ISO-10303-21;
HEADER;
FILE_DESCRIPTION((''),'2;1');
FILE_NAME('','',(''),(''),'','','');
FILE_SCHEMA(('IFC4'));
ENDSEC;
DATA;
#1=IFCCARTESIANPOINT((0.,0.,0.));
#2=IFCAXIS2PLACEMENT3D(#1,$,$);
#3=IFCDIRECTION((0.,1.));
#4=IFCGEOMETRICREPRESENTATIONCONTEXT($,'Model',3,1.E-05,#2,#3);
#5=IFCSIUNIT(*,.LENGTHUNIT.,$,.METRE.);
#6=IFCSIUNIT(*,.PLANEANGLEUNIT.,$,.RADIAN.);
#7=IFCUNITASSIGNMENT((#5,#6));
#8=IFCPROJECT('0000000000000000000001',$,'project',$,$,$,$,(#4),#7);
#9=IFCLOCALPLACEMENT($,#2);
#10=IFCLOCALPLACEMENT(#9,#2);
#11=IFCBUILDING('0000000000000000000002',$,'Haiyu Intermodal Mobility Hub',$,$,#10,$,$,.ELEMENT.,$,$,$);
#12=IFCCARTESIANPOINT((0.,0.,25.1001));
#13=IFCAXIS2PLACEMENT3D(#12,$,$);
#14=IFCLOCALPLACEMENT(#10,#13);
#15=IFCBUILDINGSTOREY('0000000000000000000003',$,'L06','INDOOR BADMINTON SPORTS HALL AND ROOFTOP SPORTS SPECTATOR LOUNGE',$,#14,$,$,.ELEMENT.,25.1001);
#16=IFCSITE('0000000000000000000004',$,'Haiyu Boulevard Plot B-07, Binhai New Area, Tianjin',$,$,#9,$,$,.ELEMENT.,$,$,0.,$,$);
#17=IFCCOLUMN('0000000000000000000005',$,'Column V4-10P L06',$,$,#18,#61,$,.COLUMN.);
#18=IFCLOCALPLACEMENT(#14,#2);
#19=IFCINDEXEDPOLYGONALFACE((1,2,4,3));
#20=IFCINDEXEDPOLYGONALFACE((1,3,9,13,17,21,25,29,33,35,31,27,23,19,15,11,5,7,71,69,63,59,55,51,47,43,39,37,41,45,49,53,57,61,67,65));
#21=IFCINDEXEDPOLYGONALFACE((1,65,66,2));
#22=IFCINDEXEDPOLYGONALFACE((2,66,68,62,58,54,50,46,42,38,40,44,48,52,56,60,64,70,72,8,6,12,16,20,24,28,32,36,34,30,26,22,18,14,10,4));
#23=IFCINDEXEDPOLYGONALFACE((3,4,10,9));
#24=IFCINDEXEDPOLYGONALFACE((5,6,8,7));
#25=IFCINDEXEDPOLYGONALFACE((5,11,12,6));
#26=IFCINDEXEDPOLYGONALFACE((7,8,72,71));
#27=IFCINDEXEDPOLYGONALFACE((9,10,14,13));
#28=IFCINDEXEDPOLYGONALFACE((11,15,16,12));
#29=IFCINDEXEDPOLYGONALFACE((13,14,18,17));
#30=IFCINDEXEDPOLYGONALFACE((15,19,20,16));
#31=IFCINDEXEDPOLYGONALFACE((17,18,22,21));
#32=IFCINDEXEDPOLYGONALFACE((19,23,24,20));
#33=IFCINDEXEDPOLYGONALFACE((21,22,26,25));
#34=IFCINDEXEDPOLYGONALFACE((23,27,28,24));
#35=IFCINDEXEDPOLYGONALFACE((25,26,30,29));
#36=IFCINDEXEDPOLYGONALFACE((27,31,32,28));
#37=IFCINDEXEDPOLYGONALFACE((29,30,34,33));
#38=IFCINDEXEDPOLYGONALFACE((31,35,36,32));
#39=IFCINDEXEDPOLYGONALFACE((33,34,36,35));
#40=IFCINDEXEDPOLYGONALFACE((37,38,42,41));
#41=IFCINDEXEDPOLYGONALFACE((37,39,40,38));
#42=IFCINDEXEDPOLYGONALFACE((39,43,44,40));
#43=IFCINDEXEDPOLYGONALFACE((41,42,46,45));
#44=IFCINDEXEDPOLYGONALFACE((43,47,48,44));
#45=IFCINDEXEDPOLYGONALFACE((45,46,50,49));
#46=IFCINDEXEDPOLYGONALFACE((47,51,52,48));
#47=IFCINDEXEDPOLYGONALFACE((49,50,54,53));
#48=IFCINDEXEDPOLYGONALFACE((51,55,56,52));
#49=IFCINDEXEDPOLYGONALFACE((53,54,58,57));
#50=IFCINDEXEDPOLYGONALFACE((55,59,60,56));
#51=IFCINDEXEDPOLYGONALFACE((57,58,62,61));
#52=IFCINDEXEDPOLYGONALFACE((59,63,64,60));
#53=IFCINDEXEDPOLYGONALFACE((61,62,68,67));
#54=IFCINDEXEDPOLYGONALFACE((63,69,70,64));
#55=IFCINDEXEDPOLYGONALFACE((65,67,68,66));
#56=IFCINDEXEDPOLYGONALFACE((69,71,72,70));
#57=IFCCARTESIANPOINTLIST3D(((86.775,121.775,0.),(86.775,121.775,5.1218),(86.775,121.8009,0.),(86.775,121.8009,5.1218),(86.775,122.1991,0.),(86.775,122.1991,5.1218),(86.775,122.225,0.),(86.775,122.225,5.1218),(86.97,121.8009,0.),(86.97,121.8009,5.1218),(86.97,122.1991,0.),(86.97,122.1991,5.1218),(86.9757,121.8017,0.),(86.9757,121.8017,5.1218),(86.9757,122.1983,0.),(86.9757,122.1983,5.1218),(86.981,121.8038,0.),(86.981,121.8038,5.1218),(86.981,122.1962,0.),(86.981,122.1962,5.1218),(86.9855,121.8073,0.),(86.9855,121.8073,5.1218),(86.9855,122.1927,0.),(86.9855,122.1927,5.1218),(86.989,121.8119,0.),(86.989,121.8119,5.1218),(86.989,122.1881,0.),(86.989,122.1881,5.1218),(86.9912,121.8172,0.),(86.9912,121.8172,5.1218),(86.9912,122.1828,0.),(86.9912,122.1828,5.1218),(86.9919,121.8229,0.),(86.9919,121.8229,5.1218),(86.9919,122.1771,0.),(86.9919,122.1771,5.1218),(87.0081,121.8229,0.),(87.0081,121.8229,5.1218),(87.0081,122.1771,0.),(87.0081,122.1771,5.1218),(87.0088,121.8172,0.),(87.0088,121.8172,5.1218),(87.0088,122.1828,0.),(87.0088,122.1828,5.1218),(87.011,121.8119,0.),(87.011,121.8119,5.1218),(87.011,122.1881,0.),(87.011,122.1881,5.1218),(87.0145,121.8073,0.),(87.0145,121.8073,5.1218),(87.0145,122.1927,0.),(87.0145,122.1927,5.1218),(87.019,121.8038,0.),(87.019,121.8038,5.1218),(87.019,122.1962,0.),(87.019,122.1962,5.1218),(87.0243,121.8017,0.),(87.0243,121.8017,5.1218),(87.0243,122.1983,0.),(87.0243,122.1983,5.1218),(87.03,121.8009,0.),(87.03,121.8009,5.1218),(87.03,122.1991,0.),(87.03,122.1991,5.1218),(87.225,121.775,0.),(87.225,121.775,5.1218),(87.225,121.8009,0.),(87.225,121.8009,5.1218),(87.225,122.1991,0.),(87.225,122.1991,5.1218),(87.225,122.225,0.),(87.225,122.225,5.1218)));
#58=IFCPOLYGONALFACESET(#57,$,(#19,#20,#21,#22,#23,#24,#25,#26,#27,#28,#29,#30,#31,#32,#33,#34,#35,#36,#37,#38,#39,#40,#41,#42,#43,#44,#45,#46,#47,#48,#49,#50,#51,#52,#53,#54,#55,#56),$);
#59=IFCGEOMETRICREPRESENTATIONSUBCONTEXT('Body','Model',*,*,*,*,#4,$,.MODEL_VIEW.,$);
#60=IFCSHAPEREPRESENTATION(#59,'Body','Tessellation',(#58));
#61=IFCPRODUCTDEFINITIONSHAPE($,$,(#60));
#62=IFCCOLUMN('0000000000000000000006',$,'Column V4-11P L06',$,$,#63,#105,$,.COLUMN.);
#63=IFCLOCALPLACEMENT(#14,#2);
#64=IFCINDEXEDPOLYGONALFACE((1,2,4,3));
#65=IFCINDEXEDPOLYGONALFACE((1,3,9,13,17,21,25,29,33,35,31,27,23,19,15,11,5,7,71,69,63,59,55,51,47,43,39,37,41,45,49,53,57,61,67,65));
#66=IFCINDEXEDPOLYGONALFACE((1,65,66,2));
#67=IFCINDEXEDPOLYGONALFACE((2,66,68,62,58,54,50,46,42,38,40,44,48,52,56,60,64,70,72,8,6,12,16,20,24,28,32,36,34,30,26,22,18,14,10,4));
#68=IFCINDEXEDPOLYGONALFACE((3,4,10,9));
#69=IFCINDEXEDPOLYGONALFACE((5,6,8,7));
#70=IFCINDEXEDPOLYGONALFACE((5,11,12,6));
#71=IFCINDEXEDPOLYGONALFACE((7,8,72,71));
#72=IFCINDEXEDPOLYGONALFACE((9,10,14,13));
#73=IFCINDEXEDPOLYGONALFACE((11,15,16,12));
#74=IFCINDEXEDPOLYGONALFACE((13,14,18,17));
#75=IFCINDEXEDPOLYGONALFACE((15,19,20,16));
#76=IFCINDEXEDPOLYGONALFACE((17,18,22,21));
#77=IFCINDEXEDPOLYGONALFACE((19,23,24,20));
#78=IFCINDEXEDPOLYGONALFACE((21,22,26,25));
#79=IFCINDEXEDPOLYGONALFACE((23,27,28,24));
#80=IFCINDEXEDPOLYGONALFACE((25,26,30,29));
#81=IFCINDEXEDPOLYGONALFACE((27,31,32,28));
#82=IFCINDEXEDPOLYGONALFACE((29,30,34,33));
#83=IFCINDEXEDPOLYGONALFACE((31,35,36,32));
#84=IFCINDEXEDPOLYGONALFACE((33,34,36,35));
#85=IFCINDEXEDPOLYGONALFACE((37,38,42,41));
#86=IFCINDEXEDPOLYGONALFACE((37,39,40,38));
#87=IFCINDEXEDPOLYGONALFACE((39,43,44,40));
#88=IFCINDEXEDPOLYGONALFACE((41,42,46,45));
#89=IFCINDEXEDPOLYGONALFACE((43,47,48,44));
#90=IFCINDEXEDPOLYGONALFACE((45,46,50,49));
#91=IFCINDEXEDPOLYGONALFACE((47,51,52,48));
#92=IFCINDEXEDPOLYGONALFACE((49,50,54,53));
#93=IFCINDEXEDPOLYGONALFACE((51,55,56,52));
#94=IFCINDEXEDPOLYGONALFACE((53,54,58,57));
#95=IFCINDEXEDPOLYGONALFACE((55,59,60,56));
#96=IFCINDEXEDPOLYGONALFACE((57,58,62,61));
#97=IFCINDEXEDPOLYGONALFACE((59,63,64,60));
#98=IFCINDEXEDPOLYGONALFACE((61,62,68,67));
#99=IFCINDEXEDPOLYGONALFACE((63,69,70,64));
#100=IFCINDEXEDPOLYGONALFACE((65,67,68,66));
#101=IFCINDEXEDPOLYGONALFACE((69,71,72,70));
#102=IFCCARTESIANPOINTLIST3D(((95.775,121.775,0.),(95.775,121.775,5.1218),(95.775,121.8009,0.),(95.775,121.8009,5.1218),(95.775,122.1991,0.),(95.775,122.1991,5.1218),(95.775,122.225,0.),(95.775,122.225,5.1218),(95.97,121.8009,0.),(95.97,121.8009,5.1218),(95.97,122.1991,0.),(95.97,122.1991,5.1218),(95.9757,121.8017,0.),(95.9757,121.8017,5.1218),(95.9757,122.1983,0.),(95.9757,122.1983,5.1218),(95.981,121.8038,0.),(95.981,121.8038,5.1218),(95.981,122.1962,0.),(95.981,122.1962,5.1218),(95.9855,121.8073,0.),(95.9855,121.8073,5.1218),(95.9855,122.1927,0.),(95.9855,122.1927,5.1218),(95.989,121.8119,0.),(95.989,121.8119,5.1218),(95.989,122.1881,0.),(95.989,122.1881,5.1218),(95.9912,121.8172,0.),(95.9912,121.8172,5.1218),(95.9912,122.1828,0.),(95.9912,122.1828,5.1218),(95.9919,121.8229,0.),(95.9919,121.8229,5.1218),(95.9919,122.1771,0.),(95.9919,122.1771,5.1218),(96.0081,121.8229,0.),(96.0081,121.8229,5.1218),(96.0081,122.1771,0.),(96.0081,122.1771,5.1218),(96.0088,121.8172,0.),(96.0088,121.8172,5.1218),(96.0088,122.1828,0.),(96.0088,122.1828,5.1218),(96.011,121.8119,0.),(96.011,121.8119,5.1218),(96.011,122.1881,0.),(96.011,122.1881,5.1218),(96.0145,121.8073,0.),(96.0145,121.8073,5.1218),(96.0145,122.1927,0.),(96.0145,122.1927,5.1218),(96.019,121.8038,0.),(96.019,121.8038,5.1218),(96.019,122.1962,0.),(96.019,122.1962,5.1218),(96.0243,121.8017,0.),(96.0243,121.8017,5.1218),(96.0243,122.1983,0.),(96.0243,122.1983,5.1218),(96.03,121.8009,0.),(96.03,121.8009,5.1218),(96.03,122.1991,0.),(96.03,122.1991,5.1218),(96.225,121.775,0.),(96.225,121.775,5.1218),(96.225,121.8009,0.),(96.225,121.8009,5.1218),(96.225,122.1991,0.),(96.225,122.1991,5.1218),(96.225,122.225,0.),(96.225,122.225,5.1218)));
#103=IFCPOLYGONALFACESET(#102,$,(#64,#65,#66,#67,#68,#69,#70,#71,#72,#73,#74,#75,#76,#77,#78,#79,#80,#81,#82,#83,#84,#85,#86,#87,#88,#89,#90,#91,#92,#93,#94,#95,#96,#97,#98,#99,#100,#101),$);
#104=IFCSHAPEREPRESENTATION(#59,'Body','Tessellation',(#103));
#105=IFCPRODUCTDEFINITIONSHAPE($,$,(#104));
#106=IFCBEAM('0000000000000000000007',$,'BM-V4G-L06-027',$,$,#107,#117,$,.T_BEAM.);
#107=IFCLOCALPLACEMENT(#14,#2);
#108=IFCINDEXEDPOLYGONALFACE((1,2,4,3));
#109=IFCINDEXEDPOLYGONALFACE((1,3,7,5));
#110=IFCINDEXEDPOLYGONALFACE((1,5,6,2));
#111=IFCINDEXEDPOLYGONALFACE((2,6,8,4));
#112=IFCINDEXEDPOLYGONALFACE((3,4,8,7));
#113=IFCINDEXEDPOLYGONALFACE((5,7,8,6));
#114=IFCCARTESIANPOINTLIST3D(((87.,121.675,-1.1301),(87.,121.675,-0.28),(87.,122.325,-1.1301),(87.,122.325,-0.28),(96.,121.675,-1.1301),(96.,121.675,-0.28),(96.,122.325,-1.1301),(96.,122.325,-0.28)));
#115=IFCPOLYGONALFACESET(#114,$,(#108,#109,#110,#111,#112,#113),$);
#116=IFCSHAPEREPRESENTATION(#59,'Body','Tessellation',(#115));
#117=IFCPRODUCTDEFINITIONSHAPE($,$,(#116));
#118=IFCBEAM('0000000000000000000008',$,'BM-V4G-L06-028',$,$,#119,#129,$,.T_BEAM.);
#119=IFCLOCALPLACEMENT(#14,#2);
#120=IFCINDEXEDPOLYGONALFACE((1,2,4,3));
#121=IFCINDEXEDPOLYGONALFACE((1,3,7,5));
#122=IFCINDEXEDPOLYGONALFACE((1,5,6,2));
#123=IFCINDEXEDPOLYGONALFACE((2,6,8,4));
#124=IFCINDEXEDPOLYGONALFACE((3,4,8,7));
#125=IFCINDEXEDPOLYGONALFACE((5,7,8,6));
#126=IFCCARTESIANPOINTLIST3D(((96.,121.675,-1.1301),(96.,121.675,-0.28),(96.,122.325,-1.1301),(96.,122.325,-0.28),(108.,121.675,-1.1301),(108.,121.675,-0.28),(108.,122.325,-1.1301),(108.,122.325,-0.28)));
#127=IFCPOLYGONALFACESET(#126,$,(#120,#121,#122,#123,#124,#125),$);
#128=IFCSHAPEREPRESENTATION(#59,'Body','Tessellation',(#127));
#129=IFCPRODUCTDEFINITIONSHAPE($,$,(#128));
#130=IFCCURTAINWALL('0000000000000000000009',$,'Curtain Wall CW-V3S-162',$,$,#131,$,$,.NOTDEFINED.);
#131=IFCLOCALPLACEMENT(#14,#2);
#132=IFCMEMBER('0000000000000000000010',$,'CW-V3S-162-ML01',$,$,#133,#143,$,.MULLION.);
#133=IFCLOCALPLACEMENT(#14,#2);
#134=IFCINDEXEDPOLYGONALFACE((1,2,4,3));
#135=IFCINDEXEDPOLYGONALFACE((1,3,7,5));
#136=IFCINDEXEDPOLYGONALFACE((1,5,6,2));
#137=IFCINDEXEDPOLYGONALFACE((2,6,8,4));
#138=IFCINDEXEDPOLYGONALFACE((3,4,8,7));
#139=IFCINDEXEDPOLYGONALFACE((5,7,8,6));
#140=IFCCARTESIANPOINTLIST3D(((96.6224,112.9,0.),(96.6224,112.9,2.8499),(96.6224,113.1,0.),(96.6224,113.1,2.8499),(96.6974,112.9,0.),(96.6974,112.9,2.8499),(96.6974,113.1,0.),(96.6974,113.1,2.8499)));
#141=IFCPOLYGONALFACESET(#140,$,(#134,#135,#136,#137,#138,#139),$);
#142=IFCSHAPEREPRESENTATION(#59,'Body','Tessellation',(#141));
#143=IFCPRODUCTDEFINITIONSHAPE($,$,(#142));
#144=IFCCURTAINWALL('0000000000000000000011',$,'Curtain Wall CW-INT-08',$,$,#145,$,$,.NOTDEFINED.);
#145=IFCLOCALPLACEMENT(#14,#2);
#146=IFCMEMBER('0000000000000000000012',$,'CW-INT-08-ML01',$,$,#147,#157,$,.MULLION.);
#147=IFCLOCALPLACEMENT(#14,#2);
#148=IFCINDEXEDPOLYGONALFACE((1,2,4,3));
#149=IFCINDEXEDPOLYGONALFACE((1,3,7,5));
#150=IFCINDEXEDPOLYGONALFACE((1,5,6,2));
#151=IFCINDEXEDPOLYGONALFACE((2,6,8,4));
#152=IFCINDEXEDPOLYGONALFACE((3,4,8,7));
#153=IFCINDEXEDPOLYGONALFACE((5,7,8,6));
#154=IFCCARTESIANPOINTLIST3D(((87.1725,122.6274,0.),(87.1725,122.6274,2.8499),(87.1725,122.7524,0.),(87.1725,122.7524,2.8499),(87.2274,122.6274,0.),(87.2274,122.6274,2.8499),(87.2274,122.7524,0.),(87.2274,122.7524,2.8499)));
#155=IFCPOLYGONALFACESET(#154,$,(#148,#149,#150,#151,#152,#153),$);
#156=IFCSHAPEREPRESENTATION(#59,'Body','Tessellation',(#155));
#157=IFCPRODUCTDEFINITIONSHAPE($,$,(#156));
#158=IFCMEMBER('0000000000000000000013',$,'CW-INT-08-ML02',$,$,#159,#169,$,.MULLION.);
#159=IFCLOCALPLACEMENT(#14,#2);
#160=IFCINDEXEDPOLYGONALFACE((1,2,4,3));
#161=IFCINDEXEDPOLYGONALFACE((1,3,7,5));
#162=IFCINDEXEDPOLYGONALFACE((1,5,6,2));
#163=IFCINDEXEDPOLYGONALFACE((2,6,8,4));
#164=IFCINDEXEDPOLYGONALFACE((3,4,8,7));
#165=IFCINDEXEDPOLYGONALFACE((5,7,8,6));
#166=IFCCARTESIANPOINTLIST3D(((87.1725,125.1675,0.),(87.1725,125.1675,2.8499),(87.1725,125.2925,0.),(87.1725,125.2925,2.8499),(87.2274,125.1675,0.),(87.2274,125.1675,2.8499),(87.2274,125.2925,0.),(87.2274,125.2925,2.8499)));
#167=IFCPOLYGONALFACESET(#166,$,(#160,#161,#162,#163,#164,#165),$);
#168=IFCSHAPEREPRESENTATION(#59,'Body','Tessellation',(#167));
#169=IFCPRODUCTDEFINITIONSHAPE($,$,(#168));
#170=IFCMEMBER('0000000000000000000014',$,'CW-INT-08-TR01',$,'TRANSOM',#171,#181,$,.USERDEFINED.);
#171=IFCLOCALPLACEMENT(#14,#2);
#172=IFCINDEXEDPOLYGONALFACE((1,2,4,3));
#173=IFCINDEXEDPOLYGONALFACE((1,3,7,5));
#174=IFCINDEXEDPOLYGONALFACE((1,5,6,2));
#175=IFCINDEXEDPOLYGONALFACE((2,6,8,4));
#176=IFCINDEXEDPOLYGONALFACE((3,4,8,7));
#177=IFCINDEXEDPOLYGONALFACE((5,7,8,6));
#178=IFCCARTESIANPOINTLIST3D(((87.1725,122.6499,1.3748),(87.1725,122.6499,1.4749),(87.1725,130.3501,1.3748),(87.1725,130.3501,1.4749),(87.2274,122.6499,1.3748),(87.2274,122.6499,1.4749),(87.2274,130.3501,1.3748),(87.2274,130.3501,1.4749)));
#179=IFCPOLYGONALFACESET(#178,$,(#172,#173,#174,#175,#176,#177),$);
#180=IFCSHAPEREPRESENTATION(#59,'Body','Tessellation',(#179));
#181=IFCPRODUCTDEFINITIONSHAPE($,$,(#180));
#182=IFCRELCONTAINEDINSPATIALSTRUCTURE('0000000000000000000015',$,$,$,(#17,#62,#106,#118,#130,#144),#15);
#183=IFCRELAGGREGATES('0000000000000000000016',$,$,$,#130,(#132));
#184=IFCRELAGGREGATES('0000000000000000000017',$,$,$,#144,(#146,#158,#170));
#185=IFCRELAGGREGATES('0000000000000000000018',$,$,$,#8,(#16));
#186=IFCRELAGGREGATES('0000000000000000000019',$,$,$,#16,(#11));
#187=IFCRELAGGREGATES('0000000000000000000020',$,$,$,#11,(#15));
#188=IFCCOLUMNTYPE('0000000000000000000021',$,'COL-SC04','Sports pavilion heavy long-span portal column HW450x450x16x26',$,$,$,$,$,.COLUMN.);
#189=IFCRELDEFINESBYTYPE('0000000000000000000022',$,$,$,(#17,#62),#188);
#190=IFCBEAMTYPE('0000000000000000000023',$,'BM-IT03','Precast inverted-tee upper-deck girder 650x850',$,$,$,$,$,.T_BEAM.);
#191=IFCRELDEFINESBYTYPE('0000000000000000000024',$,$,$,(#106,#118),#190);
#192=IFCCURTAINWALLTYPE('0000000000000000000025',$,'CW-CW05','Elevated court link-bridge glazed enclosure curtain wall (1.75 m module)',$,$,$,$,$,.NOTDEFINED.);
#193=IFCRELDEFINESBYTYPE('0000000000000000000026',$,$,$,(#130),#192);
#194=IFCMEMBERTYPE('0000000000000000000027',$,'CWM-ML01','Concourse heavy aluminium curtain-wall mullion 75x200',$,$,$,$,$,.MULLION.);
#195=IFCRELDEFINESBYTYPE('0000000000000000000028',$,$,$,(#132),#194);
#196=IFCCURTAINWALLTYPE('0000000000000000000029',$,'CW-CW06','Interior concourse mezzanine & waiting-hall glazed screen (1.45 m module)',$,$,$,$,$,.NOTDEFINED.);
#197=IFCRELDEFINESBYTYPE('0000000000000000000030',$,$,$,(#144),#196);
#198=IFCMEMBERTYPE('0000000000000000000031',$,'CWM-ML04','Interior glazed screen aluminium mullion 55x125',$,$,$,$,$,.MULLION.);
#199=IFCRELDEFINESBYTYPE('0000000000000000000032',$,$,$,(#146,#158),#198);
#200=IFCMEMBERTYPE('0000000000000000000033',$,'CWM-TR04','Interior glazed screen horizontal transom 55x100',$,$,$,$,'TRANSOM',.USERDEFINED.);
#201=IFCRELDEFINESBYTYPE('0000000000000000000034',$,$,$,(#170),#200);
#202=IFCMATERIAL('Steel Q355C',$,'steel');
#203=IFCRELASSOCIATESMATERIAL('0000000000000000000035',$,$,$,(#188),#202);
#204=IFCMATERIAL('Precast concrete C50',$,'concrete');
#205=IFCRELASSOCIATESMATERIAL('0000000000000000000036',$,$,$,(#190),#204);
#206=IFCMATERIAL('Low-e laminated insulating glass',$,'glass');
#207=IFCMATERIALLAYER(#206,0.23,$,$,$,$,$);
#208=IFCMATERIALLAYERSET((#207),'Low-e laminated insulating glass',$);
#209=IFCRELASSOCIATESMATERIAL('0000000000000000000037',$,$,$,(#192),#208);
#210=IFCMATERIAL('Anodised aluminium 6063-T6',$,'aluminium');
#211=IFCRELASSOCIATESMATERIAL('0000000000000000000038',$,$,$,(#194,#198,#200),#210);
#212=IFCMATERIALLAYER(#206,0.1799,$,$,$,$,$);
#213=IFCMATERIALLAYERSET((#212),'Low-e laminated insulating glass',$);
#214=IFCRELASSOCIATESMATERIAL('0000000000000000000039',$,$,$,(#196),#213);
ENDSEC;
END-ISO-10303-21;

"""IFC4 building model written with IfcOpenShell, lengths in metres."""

from ifc_helpers import new_model, si_unit, direction, frame, origin, origin_2d, place, context, subcontext, project, spatial, rectangle, i_section, extrude, material, layer, layer_set, material_profile, profile_set, type_object, element, aggregate, save


model = new_model("IFC4")

# Units and contexts
model_context = context("Model", 3, precision=1e-05, world=origin(), true_north=direction((0.0, 1.0)))
body_context = subcontext(model_context, "Body", "Model", "MODEL_VIEW")
ifc_project = project(units=[si_unit("LENGTHUNIT", "METRE"), si_unit("PLANEANGLEUNIT", "RADIAN")], contexts=[model_context])

# Site, building, storey
site_placement = place(None, origin())
site = spatial("IfcSite", under=ifc_project, at=site_placement, Name="Haiyu Boulevard Plot B-07, Binhai New Area, Tianjin", CompositionType="ELEMENT", RefElevation=0.0)
building_placement = place(site_placement, origin())
building = spatial("IfcBuilding", under=site, at=building_placement, Name="Haiyu Intermodal Mobility Hub", CompositionType="ELEMENT")
storey_placement = place(building_placement, frame((0.0, 0.0, 25.1001)))
storey = spatial("IfcBuildingStorey", under=building, at=storey_placement, Name="L06", Description="INDOOR BADMINTON SPORTS HALL AND ROOFTOP SPORTS SPECTATOR LOUNGE", CompositionType="ELEMENT", Elevation=25.1001)

# Columns
ifc_material_1 = material(Name="Steel Q355C", Category="steel")
ifc_material_profile_1 = material_profile(ifc_material_1, i_section(OverallWidth=0.45, OverallDepth=0.45, WebThickness=0.0161, FlangeThickness=0.0259, FilletRadius=0.022, at=origin_2d()), Name="HW450x450x16x26")
ifc_profile_set_1 = profile_set([ifc_material_profile_1], Name="Steel Q355C")
column_type = type_object("IfcColumnType", Name="COL-SC04", Description="Sports pavilion heavy long-span portal column HW450x450x16x26", PredefinedType="COLUMN", material=ifc_profile_set_1)
for number, where, z_axis, x_axis, name in (
    (1, (87.0, 122.0, 0.0), (0.0, 0.0, 1.0), (1.0, 0.0, 0.0), "Column V4-10P L06"),
    (2, (96.0, 122.0, 0.0), (0.0, 0.0, 1.0), (1.0, 0.0, 0.0), "Column V4-11P L06"),
):
    element("IfcColumn", number, at=place(storey_placement, frame(where, z_axis=z_axis, x_axis=x_axis)), inside=storey, type_object=column_type, Name=name, PredefinedType="COLUMN", context=body_context, shape_type="SweptSolid", body=[
        extrude(i_section(OverallWidth=0.45, OverallDepth=0.45, WebThickness=0.0161, FlangeThickness=0.0259, FilletRadius=0.022, at=origin_2d()), origin(), (0.0, 0.0, 1.0), 5.1218),
    ])

# Beams
ifc_material_2 = material(Name="Precast concrete C50", Category="concrete")
ifc_material_profile_2 = material_profile(ifc_material_2, rectangle(XDim=0.6499, YDim=0.8501, at=origin_2d()), Name="PC650x850")
ifc_profile_set_2 = profile_set([ifc_material_profile_2], Name="Precast concrete C50")
beam_type = type_object("IfcBeamType", Name="BM-IT03", Description="Precast inverted-tee upper-deck girder 650x850", PredefinedType="T_BEAM", material=ifc_profile_set_2)
beam_1_placement = place(storey_placement, frame((87.0, 122.0, -0.7051), z_axis=(1.0, 0.0, 0.0), x_axis=(0.0, 1.0, 0.0)))
element("IfcBeam", 3, at=beam_1_placement, inside=storey, type_object=beam_type, Name="BM-V4G-L06-027", PredefinedType="T_BEAM", context=body_context, shape_type="SweptSolid", body=[
    extrude(rectangle(XDim=0.6499, YDim=0.8501, at=origin_2d()), origin(), (0.0, 0.0, 1.0), 9.0),
])
beam_2_placement = place(storey_placement, frame((96.0, 122.0, -0.7051), z_axis=(1.0, 0.0, 0.0), x_axis=(0.0, 1.0, 0.0)))
element("IfcBeam", 4, at=beam_2_placement, inside=storey, type_object=beam_type, Name="BM-V4G-L06-028", PredefinedType="T_BEAM", context=body_context, shape_type="SweptSolid", body=[
    extrude(rectangle(XDim=0.6499, YDim=0.8501, at=origin_2d()), origin(), (0.0, 0.0, 1.0), 12.0),
])

# Curtain wall, member
ifc_material_3 = material(Name="Low-e laminated insulating glass", Category="glass")
ifc_layer_1 = layer(ifc_material_3, 0.23)
ifc_layer_set_1 = layer_set([ifc_layer_1], Name="Low-e laminated insulating glass")
curtain_wall_type_1 = type_object("IfcCurtainWallType", Name="CW-CW05", Description="Elevated court link-bridge glazed enclosure curtain wall (1.75 m module)", PredefinedType="NOTDEFINED", material=ifc_layer_set_1)
curtain_wall_1_placement = place(storey_placement, origin())
curtain_wall_1 = element("IfcCurtainWall", 5, at=curtain_wall_1_placement, inside=storey, type_object=curtain_wall_type_1, Name="Curtain Wall CW-V3S-162", PredefinedType="NOTDEFINED")
ifc_material_4 = material(Name="Anodised aluminium 6063-T6", Category="aluminium")
ifc_material_profile_3 = material_profile(ifc_material_4, rectangle(XDim=0.075, YDim=0.2, at=origin_2d()), Name="ALU75x200")
ifc_profile_set_3 = profile_set([ifc_material_profile_3], Name="Anodised aluminium 6063-T6")
member_type_1 = type_object("IfcMemberType", Name="CWM-ML01", Description="Concourse heavy aluminium curtain-wall mullion 75x200", PredefinedType="MULLION", material=ifc_profile_set_3)
member_1_placement = place(storey_placement, frame((96.6599, 113.0, 0.0), z_axis=(0.0, 0.0, 1.0), x_axis=(1.0, 0.0, 0.0)))
member_1 = element("IfcMember", 6, at=member_1_placement, type_object=member_type_1, Name="CW-V3S-162-ML01", PredefinedType="MULLION", context=body_context, shape_type="SweptSolid", body=[
    extrude(rectangle(XDim=0.075, YDim=0.2, at=origin_2d()), origin(), (0.0, 0.0, 1.0), 2.8499),
])
aggregate(curtain_wall_1, [member_1])

# Curtain wall, members
ifc_layer_2 = layer(ifc_material_3, 0.1799)
ifc_layer_set_2 = layer_set([ifc_layer_2], Name="Low-e laminated insulating glass")
curtain_wall_type_2 = type_object("IfcCurtainWallType", Name="CW-CW06", Description="Interior concourse mezzanine & waiting-hall glazed screen (1.45 m module)", PredefinedType="NOTDEFINED", material=ifc_layer_set_2)
curtain_wall_2_placement = place(storey_placement, origin())
curtain_wall_2 = element("IfcCurtainWall", 7, at=curtain_wall_2_placement, inside=storey, type_object=curtain_wall_type_2, Name="Curtain Wall CW-INT-08", PredefinedType="NOTDEFINED")
ifc_material_profile_4 = material_profile(ifc_material_4, rectangle(XDim=0.0549, YDim=0.125, at=origin_2d()), Name="ALU55x125")
ifc_profile_set_4 = profile_set([ifc_material_profile_4], Name="Anodised aluminium 6063-T6")
member_type_2 = type_object("IfcMemberType", Name="CWM-ML04", Description="Interior glazed screen aluminium mullion 55x125", PredefinedType="MULLION", material=ifc_profile_set_4)
member_2_placement = place(storey_placement, frame((87.2, 122.6899, 0.0), z_axis=(0.0, 0.0, 1.0), x_axis=(1.0, 0.0, 0.0)))
member_2 = element("IfcMember", 8, at=member_2_placement, type_object=member_type_2, Name="CW-INT-08-ML01", PredefinedType="MULLION", context=body_context, shape_type="SweptSolid", body=[
    extrude(rectangle(XDim=0.0549, YDim=0.125, at=origin_2d()), origin(), (0.0, 0.0, 1.0), 2.8499),
])
member_3_placement = place(storey_placement, frame((87.2, 125.23, 0.0), z_axis=(0.0, 0.0, 1.0), x_axis=(1.0, 0.0, 0.0)))
member_3 = element("IfcMember", 9, at=member_3_placement, type_object=member_type_2, Name="CW-INT-08-ML02", PredefinedType="MULLION", context=body_context, shape_type="SweptSolid", body=[
    extrude(rectangle(XDim=0.0549, YDim=0.125, at=origin_2d()), origin(), (0.0, 0.0, 1.0), 2.8499),
])
ifc_material_profile_5 = material_profile(ifc_material_4, rectangle(XDim=0.0549, YDim=0.1001, at=origin_2d()), Name="ALU55x100")
ifc_profile_set_5 = profile_set([ifc_material_profile_5], Name="Anodised aluminium 6063-T6")
member_type_3 = type_object("IfcMemberType", Name="CWM-TR04", Description="Interior glazed screen horizontal transom 55x100", ElementType="TRANSOM", PredefinedType="USERDEFINED", material=ifc_profile_set_5)
member_4_placement = place(storey_placement, frame((87.2, 122.6499, 1.4248), z_axis=(0.0, 1.0, 0.0), x_axis=(-1.0, 0.0, 0.0)))
member_4 = element("IfcMember", 10, at=member_4_placement, type_object=member_type_3, Name="CW-INT-08-TR01", ObjectType="TRANSOM", PredefinedType="USERDEFINED", context=body_context, shape_type="SweptSolid", body=[
    extrude(rectangle(XDim=0.0549, YDim=0.1001, at=origin_2d()), origin(), (0.0, 0.0, 1.0), 7.7002),
])

aggregate(curtain_wall_2, [member_2, member_3, member_4])

save(model, "model.ifc")
